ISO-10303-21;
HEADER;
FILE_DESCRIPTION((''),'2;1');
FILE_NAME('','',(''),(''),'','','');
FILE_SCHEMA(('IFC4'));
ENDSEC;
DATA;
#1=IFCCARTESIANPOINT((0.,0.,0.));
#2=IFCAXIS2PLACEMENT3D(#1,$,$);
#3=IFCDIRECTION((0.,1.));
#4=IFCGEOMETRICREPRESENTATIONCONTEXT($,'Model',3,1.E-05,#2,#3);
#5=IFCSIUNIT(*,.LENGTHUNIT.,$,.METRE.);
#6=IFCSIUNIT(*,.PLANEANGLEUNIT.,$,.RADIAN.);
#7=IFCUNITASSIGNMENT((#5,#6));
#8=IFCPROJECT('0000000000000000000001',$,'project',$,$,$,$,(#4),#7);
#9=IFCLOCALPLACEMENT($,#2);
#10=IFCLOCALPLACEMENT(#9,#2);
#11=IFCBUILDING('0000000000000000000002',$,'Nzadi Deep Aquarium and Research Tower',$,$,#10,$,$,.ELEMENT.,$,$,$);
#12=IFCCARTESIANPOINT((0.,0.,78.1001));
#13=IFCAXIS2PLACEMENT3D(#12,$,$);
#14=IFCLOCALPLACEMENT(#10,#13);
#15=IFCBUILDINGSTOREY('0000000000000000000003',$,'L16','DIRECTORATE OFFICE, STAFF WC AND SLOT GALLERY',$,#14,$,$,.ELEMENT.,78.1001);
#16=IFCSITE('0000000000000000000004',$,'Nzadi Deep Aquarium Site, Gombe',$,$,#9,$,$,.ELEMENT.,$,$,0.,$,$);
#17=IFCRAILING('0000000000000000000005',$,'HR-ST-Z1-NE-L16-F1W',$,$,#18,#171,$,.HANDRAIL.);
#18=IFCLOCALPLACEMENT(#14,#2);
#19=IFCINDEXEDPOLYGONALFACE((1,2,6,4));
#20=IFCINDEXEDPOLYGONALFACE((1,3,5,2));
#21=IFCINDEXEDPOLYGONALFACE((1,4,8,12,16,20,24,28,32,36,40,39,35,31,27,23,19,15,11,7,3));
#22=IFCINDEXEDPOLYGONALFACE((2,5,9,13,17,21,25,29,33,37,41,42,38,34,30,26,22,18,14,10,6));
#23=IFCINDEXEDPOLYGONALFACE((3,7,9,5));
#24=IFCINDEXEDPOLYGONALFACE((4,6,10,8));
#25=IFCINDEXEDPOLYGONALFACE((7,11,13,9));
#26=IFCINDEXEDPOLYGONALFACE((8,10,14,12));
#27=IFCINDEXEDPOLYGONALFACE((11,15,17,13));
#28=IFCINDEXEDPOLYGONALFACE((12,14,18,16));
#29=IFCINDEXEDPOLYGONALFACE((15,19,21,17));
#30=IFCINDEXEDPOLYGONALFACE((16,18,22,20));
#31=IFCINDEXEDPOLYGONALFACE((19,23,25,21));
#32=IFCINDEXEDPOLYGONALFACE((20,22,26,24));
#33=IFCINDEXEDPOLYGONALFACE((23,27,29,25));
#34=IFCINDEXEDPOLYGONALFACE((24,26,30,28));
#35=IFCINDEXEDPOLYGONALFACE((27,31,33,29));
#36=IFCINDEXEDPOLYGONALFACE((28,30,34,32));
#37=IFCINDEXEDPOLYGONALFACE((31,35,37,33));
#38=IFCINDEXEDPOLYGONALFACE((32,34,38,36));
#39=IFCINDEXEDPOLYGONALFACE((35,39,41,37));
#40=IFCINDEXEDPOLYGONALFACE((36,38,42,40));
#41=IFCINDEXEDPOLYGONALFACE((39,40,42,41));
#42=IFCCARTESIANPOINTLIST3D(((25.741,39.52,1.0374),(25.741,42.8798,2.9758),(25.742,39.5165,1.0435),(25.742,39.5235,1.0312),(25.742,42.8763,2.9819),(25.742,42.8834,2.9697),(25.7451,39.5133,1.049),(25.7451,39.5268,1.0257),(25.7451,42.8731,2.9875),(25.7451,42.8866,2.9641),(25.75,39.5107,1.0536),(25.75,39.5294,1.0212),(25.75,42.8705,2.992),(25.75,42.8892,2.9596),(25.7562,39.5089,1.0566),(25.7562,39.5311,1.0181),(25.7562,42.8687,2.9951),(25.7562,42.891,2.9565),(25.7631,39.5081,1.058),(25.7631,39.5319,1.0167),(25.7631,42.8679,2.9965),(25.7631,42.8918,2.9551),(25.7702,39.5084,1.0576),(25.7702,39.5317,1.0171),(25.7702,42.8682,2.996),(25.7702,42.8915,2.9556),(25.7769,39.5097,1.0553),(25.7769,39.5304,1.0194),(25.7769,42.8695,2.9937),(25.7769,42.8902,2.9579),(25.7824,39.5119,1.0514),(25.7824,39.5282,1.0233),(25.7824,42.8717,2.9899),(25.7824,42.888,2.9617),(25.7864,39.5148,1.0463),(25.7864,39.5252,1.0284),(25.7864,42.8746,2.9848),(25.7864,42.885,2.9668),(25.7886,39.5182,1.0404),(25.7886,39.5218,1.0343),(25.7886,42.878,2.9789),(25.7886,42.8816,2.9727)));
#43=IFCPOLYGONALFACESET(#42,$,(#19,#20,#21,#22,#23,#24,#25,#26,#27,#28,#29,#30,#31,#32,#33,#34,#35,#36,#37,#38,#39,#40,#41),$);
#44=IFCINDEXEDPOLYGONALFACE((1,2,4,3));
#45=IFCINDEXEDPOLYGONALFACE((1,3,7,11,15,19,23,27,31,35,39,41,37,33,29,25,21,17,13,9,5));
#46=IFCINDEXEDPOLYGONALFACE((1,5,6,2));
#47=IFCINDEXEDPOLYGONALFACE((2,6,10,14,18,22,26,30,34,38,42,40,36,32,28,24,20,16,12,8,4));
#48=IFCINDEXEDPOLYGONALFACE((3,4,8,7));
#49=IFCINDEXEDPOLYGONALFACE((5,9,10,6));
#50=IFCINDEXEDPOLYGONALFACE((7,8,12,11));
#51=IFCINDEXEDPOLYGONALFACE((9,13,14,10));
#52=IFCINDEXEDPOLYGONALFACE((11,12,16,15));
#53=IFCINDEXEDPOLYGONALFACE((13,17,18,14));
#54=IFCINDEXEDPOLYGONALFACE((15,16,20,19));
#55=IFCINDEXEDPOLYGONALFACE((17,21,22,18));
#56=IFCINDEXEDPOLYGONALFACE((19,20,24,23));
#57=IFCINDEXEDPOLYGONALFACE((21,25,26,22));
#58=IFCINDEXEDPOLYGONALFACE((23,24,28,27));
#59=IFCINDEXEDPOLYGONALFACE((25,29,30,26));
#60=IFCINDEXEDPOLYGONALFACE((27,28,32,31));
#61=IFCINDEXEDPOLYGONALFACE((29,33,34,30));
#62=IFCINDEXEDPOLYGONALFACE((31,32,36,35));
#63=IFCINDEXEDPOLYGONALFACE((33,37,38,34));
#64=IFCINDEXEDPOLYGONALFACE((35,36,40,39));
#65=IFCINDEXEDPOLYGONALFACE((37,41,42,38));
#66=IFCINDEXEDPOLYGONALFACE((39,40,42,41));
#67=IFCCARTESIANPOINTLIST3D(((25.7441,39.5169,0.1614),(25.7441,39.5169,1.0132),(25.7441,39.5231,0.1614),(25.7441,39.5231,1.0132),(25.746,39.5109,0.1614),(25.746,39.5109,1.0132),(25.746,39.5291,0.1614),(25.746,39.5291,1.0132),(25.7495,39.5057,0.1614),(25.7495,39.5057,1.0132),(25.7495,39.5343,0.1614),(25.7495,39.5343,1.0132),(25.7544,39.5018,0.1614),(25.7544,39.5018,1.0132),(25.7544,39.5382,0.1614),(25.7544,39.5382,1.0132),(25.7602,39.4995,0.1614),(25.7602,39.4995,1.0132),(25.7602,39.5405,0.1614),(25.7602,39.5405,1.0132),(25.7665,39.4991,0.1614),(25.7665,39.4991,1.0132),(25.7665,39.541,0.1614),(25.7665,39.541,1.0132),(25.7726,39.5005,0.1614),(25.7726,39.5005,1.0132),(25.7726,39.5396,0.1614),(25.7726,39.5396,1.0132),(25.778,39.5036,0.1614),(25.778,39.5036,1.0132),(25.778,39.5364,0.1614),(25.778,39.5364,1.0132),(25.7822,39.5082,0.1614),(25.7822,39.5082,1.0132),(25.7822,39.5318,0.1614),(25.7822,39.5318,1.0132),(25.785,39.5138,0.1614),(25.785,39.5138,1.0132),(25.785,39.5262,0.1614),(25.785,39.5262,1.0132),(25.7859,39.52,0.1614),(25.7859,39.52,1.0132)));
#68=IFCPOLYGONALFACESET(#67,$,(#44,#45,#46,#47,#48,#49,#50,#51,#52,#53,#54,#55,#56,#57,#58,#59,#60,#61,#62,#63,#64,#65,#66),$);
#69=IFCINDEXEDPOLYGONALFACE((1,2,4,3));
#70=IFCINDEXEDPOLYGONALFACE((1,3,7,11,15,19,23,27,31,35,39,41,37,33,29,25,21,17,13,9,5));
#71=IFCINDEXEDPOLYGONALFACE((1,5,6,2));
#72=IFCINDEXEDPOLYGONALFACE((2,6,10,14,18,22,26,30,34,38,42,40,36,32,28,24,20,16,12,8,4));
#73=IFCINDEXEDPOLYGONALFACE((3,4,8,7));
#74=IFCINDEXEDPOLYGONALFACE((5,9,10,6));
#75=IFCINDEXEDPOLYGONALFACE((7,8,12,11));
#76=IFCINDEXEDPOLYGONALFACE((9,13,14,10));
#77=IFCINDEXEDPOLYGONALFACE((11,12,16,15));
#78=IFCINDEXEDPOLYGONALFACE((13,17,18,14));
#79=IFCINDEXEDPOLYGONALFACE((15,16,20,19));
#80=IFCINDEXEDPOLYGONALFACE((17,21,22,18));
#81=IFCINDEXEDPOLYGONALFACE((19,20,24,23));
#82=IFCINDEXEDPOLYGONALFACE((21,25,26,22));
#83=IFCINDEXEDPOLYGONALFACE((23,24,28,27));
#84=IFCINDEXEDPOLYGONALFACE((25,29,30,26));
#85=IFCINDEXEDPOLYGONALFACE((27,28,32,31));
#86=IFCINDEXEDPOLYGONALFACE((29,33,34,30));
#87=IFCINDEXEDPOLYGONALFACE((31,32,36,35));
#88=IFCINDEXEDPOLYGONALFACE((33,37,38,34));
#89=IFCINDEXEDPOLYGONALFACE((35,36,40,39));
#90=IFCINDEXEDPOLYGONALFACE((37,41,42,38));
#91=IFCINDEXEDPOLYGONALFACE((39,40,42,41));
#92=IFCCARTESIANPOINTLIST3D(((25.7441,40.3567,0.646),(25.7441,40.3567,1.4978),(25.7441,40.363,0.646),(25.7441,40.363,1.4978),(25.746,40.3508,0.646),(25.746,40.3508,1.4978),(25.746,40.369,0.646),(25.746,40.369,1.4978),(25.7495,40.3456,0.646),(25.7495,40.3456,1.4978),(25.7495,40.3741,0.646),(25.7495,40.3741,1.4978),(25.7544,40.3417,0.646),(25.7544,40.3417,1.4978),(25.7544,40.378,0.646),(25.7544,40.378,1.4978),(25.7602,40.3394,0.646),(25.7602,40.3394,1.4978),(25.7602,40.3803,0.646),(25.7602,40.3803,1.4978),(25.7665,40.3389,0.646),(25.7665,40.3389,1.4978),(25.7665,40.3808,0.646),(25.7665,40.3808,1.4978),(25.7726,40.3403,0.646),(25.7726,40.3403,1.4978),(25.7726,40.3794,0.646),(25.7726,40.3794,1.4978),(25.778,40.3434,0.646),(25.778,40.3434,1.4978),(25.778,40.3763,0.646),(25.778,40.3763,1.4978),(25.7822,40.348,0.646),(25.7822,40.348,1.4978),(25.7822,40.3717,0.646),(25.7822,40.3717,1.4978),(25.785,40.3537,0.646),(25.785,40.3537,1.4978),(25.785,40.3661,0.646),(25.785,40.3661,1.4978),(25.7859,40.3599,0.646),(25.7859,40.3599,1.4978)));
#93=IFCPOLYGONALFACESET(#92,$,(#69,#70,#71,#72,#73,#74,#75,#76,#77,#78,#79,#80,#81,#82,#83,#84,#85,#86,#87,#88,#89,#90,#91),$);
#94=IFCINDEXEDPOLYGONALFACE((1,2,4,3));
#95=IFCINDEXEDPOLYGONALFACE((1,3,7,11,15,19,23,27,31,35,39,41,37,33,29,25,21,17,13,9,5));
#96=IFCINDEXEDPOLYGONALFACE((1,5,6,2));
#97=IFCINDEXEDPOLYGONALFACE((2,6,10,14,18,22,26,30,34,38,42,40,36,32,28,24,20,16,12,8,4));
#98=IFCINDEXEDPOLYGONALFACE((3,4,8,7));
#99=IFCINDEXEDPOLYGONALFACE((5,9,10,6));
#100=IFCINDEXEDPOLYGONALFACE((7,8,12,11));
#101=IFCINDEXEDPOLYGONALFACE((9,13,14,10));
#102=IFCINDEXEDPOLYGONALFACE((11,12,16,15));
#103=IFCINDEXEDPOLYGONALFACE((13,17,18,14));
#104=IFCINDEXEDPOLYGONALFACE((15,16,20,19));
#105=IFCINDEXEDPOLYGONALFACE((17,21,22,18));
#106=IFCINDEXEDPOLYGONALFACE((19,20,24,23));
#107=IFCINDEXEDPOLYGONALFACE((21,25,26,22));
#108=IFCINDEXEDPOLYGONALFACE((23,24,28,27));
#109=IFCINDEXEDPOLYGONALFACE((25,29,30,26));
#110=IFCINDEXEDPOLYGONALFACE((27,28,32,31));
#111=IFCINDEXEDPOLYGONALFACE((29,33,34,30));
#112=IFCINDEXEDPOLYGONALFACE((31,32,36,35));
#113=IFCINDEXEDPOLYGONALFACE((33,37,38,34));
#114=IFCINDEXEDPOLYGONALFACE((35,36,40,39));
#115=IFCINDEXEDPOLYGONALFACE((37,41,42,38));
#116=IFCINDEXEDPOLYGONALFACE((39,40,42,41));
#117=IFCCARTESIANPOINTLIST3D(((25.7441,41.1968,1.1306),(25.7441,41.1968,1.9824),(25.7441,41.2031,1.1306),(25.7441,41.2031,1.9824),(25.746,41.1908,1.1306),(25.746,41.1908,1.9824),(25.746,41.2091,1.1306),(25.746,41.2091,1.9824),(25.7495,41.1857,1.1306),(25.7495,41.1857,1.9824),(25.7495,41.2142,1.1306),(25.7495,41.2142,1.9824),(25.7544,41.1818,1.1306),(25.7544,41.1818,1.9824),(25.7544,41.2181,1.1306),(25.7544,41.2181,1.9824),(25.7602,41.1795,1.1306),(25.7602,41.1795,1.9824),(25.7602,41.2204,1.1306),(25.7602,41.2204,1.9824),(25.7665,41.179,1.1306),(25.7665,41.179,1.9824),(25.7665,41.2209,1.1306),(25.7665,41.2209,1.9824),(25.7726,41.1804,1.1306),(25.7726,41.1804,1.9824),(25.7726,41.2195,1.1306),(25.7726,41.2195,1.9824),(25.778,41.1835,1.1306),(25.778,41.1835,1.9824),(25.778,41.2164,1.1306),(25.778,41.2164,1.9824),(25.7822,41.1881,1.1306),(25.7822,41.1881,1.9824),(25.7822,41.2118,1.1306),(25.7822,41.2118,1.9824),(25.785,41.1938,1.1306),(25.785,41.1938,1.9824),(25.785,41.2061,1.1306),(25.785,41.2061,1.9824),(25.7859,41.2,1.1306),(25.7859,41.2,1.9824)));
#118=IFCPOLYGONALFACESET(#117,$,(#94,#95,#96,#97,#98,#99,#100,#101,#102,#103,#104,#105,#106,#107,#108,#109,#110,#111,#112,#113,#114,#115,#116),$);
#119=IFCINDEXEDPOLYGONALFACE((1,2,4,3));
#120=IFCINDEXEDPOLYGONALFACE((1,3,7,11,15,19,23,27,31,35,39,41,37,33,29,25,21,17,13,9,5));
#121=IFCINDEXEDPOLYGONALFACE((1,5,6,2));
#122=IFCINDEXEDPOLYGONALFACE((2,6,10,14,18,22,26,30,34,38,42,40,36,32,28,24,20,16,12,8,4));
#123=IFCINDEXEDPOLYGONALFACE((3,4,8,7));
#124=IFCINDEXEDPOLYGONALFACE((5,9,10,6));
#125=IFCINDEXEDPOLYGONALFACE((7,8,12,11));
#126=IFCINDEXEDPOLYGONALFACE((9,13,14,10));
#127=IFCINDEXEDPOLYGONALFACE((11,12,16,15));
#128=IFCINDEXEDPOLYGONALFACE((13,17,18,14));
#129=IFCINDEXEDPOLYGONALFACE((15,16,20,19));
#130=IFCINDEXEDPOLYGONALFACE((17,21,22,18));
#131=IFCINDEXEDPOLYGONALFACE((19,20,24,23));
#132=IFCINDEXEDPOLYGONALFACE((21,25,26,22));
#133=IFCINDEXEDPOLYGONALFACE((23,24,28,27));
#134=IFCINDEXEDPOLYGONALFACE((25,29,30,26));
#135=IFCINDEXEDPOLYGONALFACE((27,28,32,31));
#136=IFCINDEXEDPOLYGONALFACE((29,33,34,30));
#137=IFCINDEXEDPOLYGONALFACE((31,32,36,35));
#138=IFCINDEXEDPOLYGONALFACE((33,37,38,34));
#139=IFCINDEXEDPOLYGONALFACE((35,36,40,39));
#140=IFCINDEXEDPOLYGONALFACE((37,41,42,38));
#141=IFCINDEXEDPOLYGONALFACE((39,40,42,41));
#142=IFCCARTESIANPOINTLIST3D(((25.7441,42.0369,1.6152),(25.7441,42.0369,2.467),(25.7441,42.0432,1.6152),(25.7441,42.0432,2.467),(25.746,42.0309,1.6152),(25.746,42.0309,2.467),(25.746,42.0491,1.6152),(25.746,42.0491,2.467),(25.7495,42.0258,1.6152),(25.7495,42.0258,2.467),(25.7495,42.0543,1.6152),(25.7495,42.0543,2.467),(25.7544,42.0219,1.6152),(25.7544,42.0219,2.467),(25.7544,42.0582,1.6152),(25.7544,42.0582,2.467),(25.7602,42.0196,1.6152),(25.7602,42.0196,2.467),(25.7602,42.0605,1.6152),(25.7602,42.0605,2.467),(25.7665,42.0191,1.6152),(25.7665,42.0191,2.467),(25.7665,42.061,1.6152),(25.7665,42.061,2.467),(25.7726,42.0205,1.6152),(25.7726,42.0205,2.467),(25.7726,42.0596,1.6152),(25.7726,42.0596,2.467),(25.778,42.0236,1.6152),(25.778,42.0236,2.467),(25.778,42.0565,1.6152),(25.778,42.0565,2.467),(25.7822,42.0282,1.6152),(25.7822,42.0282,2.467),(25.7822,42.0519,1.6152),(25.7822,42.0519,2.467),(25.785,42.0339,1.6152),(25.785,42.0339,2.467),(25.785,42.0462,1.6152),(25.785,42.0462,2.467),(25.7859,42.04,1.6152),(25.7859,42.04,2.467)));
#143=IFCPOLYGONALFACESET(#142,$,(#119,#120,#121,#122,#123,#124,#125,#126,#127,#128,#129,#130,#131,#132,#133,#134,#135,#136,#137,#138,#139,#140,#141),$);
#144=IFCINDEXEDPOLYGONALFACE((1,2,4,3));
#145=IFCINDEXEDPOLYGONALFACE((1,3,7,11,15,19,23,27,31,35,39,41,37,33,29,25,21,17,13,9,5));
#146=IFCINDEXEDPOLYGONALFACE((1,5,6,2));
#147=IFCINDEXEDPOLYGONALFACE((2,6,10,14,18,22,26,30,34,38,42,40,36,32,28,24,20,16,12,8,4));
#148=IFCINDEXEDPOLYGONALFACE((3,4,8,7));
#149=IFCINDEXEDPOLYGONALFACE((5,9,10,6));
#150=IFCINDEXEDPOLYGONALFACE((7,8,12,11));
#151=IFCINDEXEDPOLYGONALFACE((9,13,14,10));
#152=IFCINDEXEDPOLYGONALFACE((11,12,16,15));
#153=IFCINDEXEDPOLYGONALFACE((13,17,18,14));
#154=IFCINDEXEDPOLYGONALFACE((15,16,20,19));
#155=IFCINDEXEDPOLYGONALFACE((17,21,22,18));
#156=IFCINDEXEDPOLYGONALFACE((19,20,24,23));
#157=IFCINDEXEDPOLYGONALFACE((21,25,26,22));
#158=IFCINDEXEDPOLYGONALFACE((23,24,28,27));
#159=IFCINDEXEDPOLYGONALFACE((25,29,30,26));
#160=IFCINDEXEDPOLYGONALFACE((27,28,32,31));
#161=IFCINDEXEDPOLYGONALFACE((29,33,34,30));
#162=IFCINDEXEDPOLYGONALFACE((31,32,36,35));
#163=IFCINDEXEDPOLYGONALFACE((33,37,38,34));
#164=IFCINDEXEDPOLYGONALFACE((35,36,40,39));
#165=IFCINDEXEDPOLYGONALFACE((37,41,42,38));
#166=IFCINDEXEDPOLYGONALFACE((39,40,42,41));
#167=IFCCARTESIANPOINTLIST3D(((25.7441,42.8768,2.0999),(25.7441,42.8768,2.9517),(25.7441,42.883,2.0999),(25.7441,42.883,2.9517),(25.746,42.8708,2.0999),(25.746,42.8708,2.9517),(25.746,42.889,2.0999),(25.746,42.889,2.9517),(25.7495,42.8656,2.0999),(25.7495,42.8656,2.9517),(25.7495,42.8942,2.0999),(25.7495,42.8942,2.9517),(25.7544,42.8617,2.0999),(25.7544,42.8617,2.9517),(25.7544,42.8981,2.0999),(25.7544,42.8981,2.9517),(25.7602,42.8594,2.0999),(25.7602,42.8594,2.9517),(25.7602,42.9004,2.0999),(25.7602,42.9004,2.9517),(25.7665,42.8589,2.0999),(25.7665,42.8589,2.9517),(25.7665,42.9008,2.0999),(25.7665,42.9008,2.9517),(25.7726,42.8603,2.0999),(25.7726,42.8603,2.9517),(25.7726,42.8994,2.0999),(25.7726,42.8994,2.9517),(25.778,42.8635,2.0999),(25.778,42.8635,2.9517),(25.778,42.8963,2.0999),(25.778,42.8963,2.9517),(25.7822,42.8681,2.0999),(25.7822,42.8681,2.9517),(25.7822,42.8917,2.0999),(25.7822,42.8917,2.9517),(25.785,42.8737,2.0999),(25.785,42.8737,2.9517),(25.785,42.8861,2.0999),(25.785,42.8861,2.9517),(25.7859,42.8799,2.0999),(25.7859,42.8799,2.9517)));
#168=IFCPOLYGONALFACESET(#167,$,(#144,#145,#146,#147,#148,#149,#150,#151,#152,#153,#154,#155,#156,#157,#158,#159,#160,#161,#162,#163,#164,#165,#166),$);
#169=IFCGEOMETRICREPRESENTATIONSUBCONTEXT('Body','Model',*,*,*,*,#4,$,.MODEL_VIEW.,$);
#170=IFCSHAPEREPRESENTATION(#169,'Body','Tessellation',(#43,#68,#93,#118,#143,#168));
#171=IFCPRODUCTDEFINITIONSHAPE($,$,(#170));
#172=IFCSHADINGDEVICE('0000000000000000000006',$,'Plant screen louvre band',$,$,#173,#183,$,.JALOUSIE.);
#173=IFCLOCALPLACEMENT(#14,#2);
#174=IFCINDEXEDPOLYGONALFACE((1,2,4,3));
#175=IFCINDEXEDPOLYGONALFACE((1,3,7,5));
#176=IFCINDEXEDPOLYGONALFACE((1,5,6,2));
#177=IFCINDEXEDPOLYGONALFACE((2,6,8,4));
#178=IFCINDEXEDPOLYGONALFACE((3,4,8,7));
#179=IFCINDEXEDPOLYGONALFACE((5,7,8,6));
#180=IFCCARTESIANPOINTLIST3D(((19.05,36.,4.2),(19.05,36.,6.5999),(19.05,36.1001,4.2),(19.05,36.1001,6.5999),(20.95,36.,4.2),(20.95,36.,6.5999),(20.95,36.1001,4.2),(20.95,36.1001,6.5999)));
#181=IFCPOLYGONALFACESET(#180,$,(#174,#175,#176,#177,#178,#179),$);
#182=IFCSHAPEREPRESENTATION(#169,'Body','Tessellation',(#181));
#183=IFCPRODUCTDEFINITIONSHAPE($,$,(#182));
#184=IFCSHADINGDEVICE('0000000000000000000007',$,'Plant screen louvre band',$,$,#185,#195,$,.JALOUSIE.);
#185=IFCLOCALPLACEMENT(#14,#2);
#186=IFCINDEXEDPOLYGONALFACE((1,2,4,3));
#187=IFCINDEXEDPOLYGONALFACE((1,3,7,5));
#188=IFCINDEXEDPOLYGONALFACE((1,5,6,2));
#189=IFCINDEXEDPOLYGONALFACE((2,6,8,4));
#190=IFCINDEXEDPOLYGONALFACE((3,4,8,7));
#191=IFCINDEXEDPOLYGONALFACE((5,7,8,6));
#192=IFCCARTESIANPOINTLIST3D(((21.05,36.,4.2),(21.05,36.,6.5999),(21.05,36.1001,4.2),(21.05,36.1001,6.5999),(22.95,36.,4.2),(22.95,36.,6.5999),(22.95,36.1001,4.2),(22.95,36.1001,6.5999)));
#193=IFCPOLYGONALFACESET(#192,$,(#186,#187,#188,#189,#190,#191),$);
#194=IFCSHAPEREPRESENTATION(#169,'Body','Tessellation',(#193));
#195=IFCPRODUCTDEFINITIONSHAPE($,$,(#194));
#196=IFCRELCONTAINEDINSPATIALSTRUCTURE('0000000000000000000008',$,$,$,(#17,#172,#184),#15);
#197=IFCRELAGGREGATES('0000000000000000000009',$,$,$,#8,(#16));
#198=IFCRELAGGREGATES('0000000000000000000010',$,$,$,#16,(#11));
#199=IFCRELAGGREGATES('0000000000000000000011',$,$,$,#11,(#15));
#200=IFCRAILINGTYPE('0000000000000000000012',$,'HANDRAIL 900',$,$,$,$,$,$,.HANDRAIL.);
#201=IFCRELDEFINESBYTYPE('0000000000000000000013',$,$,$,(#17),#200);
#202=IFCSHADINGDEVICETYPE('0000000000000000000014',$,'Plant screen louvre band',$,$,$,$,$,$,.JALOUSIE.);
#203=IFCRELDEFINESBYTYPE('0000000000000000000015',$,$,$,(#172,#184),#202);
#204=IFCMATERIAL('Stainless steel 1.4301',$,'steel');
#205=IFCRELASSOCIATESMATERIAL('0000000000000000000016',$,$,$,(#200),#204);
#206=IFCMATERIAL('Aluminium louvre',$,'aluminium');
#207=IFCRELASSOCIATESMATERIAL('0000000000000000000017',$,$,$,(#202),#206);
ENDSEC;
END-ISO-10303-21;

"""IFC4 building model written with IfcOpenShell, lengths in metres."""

from ifc_helpers import new_model, si_unit, direction, frame, origin, origin_2d, place, context, subcontext, project, spatial, rectangle, circle, extrude, material, type_object, element, save


model = new_model("IFC4")

# Units and contexts
model_context = context("Model", 3, precision=1e-05, world=origin(), true_north=direction((0.0, 1.0)))
body_context = subcontext(model_context, "Body", "Model", "MODEL_VIEW")
ifc_project = project(units=[si_unit("LENGTHUNIT", "METRE"), si_unit("PLANEANGLEUNIT", "RADIAN")], contexts=[model_context])

# Site, building, storey
site_placement = place(None, origin())
site = spatial("IfcSite", under=ifc_project, at=site_placement, Name="Nzadi Deep Aquarium Site, Gombe", CompositionType="ELEMENT", RefElevation=0.0)
building_placement = place(site_placement, origin())
building = spatial("IfcBuilding", under=site, at=building_placement, Name="Nzadi Deep Aquarium and Research Tower", CompositionType="ELEMENT")
storey_placement = place(building_placement, frame((0.0, 0.0, 78.1001)))
storey = spatial("IfcBuildingStorey", under=building, at=storey_placement, Name="L16", Description="DIRECTORATE OFFICE, STAFF WC AND SLOT GALLERY", CompositionType="ELEMENT", Elevation=78.1001)

# Railing
ifc_material_1 = material(Name="Stainless steel 1.4301", Category="steel")
railing_type_1 = type_object("IfcRailingType", Name="HANDRAIL 900", PredefinedType="HANDRAIL", material=ifc_material_1)
for number, where, name in (
    (1, (25.7649, 39.52, 0.1614), "HR-ST-Z1-NE-L16-F1W"),
):
    element("IfcRailing", number, at=place(storey_placement, frame(where)), inside=storey, type_object=railing_type_1, Name=name, PredefinedType="HANDRAIL", context=body_context, shape_type="SweptSolid", body=[
        extrude(circle(Radius=0.0239, at=origin_2d()), frame((0.0, 0.0, 0.876), z_axis=(0.0, 0.866175, 0.499741), x_axis=(-1.0, 0.0, 0.0)), (0.0, 0.0, 1.0), 3.8789),
        extrude(circle(Radius=0.021, at=origin_2d()), origin(), (0.0, 0.0, 1.0), 0.8518),
        extrude(circle(Radius=0.021, at=origin_2d()), frame((0.0, 0.8398, 0.4846)), (0.0, 0.0, 1.0), 0.8518),
        extrude(circle(Radius=0.021, at=origin_2d()), frame((0.0, 1.6799, 0.9692)), (0.0, 0.0, 1.0), 0.8518),
        extrude(circle(Radius=0.021, at=origin_2d()), frame((0.0, 2.52, 1.4539)), (0.0, 0.0, 1.0), 0.8518),
        extrude(circle(Radius=0.021, at=origin_2d()), frame((0.0, 3.3599, 1.9385)), (0.0, 0.0, 1.0), 0.8518),
    ])

# Shading devices
ifc_material_2 = material(Name="Aluminium louvre", Category="aluminium")
shading_device_type = type_object("IfcShadingDeviceType", Name="Plant screen louvre band", PredefinedType="JALOUSIE", material=ifc_material_2)
for number, where, z_axis, x_axis, name in (
    (2, (20.0, 36.05, 4.2), (0.0, 0.0, 1.0), (1.0, 0.0, 0.0), "Plant screen louvre band"),
    (3, (22.0, 36.05, 4.2), (0.0, 0.0, 1.0), (1.0, 0.0, 0.0), "Plant screen louvre band"),
):
    element("IfcShadingDevice", number, at=place(storey_placement, frame(where, z_axis=z_axis, x_axis=x_axis)), inside=storey, type_object=shading_device_type, Name=name, PredefinedType="JALOUSIE", context=body_context, shape_type="SweptSolid", body=[
        extrude(rectangle(XDim=1.8999, YDim=0.1001, at=origin_2d()), origin(), (0.0, 0.0, 1.0), 2.3999),
    ])

save(model, "model.ifc")
